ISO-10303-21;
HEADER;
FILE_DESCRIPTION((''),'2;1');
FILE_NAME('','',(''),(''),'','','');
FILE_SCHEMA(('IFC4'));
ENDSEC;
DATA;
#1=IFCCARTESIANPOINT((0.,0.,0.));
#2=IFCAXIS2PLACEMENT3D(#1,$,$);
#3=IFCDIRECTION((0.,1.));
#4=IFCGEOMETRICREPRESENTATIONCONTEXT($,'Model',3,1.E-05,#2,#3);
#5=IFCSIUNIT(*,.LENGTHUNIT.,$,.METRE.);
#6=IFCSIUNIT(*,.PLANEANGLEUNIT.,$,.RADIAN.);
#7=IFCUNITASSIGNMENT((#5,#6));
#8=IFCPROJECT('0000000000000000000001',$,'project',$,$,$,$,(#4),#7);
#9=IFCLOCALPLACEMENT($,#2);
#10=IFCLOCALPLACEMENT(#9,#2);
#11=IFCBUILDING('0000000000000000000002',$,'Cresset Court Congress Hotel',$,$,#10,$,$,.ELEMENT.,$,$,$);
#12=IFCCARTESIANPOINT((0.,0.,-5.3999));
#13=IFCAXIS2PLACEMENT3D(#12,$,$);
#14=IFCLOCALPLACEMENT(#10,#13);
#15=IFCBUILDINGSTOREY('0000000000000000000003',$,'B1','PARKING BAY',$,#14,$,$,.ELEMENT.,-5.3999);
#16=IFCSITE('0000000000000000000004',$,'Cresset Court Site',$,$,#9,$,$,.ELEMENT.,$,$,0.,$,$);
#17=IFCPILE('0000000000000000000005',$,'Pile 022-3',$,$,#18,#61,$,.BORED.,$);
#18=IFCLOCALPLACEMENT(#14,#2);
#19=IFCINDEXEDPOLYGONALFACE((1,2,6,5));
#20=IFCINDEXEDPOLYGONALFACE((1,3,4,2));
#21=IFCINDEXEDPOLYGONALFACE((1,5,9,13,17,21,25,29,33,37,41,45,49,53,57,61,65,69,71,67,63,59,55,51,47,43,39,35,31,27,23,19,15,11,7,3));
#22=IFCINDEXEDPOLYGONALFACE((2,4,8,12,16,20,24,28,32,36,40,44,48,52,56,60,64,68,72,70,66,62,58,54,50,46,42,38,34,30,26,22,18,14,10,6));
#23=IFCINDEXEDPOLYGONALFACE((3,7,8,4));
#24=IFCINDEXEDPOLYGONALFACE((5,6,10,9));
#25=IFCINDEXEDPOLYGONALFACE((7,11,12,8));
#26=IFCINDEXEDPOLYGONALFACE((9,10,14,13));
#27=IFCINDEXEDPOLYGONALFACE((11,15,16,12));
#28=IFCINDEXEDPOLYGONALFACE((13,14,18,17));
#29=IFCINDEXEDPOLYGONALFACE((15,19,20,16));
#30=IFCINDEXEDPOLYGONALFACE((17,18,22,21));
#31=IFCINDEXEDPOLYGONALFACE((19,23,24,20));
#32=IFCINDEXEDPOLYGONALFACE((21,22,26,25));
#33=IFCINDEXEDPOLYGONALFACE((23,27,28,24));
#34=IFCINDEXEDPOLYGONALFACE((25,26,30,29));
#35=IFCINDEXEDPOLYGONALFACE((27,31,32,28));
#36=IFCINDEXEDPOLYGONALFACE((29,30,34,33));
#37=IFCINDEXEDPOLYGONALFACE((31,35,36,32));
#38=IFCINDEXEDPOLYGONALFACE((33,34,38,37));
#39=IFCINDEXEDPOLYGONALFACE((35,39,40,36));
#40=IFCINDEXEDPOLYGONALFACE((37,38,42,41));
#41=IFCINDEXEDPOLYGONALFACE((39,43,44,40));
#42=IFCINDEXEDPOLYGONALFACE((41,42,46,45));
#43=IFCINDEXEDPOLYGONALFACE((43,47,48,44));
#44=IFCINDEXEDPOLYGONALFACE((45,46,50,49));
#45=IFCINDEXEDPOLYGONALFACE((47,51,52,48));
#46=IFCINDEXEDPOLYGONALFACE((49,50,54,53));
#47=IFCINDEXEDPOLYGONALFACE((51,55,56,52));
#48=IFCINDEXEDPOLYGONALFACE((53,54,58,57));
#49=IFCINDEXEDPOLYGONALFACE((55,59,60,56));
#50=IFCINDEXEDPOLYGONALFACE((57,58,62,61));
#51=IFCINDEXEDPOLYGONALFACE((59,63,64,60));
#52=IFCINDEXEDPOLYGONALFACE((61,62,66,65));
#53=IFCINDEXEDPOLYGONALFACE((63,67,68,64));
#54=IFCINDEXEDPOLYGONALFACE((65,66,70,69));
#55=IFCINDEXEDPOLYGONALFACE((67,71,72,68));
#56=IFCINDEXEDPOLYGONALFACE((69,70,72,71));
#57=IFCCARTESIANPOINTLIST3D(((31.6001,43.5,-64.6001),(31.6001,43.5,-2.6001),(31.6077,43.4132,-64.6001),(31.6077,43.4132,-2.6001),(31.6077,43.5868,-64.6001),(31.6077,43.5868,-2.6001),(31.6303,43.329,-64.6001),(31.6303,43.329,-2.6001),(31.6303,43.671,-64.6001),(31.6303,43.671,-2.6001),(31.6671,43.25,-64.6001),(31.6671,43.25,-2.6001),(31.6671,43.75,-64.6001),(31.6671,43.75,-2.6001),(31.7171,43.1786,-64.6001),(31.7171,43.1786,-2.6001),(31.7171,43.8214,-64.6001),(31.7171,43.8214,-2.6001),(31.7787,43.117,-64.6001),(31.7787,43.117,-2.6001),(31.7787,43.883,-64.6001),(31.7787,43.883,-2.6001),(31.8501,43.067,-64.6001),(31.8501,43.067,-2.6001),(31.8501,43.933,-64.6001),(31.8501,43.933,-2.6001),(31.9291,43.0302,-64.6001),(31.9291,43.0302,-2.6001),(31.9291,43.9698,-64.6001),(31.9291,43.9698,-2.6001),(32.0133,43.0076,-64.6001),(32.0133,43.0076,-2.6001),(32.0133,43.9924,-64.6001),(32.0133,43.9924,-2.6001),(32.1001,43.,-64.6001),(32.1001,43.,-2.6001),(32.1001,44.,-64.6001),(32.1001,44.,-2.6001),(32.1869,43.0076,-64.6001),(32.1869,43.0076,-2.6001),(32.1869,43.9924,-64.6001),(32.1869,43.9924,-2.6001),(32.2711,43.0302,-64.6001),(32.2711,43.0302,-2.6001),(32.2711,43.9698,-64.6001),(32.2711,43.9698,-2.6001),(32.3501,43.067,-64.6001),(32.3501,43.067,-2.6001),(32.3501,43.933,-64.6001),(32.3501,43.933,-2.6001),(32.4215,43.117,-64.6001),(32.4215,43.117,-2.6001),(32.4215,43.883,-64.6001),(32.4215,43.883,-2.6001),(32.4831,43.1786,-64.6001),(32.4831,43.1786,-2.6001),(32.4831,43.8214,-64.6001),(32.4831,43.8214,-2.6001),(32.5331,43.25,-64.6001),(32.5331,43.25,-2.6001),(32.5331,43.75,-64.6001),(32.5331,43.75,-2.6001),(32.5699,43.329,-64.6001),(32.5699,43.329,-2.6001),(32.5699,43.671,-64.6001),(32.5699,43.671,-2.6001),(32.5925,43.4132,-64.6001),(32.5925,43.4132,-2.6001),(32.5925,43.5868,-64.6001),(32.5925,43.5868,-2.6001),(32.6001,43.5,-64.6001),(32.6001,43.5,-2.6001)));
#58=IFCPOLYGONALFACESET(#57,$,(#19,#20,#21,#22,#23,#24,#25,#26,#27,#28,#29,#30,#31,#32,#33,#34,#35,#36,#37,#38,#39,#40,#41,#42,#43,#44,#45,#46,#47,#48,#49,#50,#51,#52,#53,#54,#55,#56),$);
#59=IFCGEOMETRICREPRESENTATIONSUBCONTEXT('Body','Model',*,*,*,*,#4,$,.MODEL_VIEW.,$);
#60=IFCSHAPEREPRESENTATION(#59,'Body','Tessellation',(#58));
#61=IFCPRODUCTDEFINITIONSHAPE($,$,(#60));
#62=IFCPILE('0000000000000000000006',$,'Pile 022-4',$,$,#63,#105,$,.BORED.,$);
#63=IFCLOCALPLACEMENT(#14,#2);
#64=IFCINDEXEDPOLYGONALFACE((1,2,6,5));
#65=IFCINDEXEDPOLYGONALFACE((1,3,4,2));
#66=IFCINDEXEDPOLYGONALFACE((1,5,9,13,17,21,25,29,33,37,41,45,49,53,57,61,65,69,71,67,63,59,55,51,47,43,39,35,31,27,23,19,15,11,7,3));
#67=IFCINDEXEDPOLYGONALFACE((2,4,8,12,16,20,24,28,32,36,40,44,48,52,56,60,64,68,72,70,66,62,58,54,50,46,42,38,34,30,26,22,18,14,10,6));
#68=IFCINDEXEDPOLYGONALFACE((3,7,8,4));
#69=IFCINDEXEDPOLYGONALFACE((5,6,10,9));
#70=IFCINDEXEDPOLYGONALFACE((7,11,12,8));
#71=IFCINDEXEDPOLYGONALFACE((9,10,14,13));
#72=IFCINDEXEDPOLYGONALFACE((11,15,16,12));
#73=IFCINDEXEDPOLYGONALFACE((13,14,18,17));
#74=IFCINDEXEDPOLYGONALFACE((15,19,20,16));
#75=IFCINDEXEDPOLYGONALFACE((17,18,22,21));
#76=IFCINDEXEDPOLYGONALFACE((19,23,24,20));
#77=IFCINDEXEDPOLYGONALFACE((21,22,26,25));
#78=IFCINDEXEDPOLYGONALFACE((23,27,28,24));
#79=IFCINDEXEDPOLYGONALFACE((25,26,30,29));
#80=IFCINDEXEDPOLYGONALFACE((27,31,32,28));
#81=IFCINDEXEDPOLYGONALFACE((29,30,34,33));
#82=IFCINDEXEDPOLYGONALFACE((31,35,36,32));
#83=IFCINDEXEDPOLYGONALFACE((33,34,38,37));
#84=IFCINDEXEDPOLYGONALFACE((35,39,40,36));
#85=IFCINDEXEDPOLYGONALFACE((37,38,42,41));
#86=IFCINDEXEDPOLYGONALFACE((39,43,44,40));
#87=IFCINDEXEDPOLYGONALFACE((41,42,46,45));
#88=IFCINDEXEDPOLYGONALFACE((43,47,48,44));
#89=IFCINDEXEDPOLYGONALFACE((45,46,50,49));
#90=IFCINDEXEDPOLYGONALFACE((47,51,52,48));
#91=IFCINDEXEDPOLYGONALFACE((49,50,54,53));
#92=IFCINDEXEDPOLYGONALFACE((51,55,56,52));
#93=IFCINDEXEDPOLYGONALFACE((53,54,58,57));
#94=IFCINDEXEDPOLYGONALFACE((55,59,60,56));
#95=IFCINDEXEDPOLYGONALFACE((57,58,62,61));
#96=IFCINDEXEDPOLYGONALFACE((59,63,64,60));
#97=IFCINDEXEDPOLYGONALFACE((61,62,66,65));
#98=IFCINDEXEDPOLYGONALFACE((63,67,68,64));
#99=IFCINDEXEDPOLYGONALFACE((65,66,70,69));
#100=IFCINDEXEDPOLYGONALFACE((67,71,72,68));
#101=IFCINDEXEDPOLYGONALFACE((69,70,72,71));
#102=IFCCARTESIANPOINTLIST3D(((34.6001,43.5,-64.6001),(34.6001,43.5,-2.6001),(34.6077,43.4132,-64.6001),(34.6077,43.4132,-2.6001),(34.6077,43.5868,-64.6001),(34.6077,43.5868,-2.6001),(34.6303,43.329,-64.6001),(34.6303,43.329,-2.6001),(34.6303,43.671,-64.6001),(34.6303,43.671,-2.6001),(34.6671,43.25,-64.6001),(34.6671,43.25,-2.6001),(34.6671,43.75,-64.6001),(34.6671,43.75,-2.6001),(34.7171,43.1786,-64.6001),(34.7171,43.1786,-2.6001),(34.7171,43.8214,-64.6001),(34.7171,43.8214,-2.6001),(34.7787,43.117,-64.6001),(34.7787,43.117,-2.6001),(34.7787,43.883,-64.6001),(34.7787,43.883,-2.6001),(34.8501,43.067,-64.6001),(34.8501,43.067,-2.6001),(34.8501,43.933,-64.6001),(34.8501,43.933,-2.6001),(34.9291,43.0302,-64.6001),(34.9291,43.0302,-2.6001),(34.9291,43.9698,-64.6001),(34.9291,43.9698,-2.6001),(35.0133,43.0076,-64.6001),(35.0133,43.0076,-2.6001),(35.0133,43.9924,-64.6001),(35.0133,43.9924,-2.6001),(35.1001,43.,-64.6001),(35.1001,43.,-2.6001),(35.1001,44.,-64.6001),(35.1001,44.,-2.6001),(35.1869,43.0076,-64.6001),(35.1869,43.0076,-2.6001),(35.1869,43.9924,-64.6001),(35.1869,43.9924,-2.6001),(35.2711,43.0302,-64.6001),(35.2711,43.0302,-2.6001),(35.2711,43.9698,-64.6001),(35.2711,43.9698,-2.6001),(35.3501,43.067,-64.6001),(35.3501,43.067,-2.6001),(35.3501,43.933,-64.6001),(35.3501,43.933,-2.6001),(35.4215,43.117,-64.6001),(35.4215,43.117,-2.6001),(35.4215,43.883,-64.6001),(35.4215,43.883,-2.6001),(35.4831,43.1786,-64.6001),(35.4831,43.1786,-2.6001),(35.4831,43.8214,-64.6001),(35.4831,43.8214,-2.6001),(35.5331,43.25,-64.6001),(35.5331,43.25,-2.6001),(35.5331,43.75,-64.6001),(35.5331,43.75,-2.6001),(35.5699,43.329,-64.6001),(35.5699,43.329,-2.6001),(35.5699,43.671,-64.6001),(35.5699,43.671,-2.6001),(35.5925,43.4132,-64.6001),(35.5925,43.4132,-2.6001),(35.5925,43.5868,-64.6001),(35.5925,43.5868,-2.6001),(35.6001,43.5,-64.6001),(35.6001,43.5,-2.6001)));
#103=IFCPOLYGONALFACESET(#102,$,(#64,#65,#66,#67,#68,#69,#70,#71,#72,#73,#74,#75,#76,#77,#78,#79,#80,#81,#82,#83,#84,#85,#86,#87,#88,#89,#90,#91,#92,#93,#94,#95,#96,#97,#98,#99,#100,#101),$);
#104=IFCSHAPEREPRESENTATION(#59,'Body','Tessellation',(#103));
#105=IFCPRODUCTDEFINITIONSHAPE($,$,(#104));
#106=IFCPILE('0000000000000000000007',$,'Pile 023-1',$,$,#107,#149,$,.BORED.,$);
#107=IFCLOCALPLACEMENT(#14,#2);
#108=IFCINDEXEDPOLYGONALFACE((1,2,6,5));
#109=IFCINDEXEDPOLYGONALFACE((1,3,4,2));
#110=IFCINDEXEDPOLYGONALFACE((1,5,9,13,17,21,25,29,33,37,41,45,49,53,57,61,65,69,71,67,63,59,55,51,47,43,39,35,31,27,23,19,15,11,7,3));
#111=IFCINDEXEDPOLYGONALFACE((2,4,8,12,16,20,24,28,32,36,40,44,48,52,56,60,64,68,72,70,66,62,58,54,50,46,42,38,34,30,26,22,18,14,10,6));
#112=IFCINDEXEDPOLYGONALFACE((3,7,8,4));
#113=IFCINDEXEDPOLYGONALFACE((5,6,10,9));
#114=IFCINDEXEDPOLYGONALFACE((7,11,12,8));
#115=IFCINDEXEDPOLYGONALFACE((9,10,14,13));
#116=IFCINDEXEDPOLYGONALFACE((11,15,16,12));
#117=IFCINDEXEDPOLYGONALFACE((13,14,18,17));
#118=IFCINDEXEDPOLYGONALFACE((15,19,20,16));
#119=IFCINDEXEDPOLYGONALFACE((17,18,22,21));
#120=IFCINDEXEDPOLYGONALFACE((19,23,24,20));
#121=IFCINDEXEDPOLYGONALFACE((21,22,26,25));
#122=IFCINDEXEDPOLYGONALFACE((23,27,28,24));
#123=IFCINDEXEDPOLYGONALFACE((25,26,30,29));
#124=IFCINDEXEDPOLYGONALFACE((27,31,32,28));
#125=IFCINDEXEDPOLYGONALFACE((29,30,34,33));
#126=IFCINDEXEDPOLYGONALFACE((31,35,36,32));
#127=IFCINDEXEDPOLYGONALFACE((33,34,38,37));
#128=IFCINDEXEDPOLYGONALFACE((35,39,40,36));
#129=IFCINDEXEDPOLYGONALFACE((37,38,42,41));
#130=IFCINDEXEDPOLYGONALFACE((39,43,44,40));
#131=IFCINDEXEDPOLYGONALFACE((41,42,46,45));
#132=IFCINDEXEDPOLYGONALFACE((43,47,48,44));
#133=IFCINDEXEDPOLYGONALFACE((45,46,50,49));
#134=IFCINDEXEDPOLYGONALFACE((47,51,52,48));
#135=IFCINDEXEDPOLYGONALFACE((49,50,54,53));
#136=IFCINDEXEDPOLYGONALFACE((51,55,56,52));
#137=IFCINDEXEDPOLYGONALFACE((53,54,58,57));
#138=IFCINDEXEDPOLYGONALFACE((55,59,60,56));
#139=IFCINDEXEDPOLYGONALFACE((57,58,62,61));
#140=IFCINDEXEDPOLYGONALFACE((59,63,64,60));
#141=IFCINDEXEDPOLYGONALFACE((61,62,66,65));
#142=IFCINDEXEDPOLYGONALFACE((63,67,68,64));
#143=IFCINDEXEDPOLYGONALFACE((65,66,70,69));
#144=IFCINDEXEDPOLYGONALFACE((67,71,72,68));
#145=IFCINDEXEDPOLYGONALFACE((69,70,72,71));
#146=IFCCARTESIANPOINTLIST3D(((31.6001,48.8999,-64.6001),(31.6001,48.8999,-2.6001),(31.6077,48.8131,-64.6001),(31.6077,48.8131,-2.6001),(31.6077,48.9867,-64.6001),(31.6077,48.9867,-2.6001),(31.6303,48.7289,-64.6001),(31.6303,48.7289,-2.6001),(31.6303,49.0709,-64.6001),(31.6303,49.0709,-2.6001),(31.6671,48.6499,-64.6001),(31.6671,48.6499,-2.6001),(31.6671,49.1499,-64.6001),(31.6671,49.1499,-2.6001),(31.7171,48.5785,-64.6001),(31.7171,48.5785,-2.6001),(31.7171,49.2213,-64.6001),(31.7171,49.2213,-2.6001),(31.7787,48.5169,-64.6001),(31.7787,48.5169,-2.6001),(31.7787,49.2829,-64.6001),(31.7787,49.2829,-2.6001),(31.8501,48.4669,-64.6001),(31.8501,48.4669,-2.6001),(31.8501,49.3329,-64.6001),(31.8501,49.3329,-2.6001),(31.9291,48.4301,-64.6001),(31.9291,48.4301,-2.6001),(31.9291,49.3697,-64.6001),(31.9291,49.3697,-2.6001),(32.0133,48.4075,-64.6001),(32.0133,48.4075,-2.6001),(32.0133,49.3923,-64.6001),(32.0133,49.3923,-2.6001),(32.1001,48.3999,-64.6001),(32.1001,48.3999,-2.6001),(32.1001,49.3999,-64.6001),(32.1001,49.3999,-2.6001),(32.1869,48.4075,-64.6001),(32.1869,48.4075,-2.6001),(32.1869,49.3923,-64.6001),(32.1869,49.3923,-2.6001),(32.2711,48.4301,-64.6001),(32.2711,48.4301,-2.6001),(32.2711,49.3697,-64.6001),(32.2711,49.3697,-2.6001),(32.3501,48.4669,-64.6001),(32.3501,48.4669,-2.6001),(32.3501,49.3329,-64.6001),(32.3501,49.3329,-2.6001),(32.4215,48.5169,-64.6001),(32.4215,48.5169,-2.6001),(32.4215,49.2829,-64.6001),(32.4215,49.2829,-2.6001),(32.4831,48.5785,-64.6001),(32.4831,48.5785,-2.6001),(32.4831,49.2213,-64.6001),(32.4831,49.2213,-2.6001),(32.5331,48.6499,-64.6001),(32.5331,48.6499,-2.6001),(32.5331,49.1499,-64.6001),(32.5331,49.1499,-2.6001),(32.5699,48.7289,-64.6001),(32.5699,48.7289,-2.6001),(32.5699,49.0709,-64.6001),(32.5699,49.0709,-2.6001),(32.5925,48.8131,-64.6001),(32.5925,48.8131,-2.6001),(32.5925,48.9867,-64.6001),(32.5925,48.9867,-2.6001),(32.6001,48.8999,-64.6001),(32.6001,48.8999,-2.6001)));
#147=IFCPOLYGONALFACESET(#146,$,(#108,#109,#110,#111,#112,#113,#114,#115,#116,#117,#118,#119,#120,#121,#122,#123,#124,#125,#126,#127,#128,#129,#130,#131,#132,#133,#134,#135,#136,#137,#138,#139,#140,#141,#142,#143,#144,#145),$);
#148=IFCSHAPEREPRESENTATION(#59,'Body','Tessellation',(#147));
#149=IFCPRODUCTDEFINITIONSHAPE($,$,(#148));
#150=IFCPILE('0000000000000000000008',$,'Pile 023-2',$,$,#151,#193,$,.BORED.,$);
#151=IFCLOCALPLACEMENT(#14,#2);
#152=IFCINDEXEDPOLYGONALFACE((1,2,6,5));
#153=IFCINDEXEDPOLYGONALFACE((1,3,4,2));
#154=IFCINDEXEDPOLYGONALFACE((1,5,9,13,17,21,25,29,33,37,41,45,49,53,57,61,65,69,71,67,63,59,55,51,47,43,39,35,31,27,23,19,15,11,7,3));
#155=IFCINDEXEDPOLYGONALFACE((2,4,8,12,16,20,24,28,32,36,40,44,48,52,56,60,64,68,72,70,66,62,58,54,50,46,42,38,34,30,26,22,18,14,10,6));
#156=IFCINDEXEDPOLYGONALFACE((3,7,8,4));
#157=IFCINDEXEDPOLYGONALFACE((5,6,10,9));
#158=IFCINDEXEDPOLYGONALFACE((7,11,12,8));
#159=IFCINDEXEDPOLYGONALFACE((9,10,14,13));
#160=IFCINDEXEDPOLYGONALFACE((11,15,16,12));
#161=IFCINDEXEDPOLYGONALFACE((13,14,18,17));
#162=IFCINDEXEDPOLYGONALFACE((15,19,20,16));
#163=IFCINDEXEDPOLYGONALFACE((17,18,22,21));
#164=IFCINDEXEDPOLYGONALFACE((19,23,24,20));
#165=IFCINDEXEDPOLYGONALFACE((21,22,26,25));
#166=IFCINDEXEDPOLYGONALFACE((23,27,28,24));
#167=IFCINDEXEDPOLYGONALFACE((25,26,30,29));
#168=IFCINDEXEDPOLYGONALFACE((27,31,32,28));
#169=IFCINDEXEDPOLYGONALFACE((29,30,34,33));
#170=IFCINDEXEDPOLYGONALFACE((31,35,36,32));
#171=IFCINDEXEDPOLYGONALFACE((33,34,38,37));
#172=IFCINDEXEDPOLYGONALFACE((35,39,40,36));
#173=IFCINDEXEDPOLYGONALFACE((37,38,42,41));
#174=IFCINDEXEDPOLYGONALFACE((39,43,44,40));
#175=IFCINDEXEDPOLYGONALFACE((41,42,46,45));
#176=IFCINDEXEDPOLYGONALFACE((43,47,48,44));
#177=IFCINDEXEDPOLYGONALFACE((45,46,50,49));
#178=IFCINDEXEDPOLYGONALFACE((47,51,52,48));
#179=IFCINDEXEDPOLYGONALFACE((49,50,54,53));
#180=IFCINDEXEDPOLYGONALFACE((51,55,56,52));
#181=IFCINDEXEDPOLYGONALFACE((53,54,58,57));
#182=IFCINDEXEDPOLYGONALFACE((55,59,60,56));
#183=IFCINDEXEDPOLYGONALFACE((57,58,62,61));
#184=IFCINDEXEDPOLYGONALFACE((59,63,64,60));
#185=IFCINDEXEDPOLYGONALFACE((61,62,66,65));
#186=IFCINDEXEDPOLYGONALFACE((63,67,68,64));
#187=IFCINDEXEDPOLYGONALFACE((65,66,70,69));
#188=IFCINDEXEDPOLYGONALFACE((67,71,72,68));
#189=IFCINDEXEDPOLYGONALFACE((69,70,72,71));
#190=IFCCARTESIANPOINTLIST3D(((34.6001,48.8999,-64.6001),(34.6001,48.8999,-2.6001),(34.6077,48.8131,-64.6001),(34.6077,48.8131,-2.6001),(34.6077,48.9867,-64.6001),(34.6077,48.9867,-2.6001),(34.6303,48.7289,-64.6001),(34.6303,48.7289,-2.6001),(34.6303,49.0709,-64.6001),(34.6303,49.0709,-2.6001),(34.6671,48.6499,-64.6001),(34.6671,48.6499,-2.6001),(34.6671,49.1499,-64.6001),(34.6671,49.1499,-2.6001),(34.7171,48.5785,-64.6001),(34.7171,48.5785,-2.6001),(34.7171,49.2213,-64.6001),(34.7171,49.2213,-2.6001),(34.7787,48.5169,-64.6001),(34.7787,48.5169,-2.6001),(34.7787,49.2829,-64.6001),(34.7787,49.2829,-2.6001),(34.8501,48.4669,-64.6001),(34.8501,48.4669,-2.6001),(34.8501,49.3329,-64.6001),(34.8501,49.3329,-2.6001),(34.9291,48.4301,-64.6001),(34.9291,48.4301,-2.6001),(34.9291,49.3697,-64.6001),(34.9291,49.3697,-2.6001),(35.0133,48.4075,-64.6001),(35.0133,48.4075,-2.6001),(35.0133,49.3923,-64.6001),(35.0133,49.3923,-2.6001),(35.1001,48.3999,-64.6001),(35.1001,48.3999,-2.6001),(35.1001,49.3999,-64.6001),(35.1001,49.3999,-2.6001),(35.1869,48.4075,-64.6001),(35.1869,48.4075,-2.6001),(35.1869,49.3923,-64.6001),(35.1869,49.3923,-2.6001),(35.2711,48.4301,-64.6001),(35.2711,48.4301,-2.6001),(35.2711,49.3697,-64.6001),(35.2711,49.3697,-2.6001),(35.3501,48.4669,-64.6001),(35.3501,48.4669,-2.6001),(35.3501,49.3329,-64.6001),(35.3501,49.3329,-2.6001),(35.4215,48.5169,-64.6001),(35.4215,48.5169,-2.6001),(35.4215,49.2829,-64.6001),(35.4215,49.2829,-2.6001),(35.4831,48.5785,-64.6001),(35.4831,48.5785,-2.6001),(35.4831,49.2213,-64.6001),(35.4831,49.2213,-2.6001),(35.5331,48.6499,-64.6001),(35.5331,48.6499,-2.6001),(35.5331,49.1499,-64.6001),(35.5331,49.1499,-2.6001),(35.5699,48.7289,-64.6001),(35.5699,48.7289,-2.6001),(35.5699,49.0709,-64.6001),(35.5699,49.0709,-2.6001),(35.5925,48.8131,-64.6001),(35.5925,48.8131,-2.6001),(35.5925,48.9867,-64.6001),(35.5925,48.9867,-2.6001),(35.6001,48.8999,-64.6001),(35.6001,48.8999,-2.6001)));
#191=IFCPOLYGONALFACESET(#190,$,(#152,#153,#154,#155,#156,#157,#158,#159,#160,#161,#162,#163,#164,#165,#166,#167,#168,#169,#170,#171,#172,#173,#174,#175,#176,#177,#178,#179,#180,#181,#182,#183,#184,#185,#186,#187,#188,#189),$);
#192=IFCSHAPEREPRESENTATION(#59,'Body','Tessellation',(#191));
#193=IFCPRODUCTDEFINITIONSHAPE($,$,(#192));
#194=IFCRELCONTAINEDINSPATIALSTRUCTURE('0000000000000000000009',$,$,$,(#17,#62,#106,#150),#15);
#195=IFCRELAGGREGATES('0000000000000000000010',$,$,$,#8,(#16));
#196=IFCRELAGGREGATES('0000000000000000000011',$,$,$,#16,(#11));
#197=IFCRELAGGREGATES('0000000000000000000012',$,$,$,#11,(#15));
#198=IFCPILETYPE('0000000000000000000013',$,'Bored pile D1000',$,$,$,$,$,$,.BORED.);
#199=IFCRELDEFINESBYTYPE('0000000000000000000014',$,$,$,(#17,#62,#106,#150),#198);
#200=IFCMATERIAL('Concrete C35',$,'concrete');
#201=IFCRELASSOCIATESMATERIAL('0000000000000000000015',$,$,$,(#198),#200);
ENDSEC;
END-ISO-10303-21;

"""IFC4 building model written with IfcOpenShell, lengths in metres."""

from ifc_helpers import new_model, si_unit, direction, frame, origin, origin_2d, place, context, subcontext, project, spatial, circle, extrude, material, type_object, element, save


model = new_model("IFC4")

# Units and contexts
model_context = context("Model", 3, precision=1e-05, world=origin(), true_north=direction((0.0, 1.0)))
body_context = subcontext(model_context, "Body", "Model", "MODEL_VIEW")
ifc_project = project(units=[si_unit("LENGTHUNIT", "METRE"), si_unit("PLANEANGLEUNIT", "RADIAN")], contexts=[model_context])

# Site, building, storey
site_placement = place(None, origin())
site = spatial("IfcSite", under=ifc_project, at=site_placement, Name="Cresset Court Site", CompositionType="ELEMENT", RefElevation=0.0)
building_placement = place(site_placement, origin())
building = spatial("IfcBuilding", under=site, at=building_placement, Name="Cresset Court Congress Hotel", CompositionType="ELEMENT")
storey_placement = place(building_placement, frame((0.0, 0.0, -5.3999)))
storey = spatial("IfcBuildingStorey", under=building, at=storey_placement, Name="B1", Description="PARKING BAY", CompositionType="ELEMENT", Elevation=-5.3999)

# Piles
ifc_material_1 = material(Name="Concrete C35", Category="concrete")
pile_type = type_object("IfcPileType", Name="Bored pile D1000", PredefinedType="BORED", material=ifc_material_1)
for number, where, z_axis, x_axis, name in (
    (1, (32.1001, 43.5, -2.6001), (0.0, 0.0, -1.0), (1.0, 0.0, 0.0), "Pile 022-3"),
    (2, (35.1001, 43.5, -2.6001), (0.0, 0.0, -1.0), (1.0, 0.0, 0.0), "Pile 022-4"),
    (3, (32.1001, 48.8999, -2.6001), (0.0, 0.0, -1.0), (1.0, 0.0, 0.0), "Pile 023-1"),
    (4, (35.1001, 48.8999, -2.6001), (0.0, 0.0, -1.0), (1.0, 0.0, 0.0), "Pile 023-2"),
):
    element("IfcPile", number, at=place(storey_placement, frame(where, z_axis=z_axis, x_axis=x_axis)), inside=storey, type_object=pile_type, Name=name, PredefinedType="BORED", context=body_context, shape_type="SweptSolid", body=[
        extrude(circle(Radius=0.5, at=origin_2d()), origin(), (0.0, 0.0, 1.0), 62.0),
    ])

save(model, "model.ifc")
